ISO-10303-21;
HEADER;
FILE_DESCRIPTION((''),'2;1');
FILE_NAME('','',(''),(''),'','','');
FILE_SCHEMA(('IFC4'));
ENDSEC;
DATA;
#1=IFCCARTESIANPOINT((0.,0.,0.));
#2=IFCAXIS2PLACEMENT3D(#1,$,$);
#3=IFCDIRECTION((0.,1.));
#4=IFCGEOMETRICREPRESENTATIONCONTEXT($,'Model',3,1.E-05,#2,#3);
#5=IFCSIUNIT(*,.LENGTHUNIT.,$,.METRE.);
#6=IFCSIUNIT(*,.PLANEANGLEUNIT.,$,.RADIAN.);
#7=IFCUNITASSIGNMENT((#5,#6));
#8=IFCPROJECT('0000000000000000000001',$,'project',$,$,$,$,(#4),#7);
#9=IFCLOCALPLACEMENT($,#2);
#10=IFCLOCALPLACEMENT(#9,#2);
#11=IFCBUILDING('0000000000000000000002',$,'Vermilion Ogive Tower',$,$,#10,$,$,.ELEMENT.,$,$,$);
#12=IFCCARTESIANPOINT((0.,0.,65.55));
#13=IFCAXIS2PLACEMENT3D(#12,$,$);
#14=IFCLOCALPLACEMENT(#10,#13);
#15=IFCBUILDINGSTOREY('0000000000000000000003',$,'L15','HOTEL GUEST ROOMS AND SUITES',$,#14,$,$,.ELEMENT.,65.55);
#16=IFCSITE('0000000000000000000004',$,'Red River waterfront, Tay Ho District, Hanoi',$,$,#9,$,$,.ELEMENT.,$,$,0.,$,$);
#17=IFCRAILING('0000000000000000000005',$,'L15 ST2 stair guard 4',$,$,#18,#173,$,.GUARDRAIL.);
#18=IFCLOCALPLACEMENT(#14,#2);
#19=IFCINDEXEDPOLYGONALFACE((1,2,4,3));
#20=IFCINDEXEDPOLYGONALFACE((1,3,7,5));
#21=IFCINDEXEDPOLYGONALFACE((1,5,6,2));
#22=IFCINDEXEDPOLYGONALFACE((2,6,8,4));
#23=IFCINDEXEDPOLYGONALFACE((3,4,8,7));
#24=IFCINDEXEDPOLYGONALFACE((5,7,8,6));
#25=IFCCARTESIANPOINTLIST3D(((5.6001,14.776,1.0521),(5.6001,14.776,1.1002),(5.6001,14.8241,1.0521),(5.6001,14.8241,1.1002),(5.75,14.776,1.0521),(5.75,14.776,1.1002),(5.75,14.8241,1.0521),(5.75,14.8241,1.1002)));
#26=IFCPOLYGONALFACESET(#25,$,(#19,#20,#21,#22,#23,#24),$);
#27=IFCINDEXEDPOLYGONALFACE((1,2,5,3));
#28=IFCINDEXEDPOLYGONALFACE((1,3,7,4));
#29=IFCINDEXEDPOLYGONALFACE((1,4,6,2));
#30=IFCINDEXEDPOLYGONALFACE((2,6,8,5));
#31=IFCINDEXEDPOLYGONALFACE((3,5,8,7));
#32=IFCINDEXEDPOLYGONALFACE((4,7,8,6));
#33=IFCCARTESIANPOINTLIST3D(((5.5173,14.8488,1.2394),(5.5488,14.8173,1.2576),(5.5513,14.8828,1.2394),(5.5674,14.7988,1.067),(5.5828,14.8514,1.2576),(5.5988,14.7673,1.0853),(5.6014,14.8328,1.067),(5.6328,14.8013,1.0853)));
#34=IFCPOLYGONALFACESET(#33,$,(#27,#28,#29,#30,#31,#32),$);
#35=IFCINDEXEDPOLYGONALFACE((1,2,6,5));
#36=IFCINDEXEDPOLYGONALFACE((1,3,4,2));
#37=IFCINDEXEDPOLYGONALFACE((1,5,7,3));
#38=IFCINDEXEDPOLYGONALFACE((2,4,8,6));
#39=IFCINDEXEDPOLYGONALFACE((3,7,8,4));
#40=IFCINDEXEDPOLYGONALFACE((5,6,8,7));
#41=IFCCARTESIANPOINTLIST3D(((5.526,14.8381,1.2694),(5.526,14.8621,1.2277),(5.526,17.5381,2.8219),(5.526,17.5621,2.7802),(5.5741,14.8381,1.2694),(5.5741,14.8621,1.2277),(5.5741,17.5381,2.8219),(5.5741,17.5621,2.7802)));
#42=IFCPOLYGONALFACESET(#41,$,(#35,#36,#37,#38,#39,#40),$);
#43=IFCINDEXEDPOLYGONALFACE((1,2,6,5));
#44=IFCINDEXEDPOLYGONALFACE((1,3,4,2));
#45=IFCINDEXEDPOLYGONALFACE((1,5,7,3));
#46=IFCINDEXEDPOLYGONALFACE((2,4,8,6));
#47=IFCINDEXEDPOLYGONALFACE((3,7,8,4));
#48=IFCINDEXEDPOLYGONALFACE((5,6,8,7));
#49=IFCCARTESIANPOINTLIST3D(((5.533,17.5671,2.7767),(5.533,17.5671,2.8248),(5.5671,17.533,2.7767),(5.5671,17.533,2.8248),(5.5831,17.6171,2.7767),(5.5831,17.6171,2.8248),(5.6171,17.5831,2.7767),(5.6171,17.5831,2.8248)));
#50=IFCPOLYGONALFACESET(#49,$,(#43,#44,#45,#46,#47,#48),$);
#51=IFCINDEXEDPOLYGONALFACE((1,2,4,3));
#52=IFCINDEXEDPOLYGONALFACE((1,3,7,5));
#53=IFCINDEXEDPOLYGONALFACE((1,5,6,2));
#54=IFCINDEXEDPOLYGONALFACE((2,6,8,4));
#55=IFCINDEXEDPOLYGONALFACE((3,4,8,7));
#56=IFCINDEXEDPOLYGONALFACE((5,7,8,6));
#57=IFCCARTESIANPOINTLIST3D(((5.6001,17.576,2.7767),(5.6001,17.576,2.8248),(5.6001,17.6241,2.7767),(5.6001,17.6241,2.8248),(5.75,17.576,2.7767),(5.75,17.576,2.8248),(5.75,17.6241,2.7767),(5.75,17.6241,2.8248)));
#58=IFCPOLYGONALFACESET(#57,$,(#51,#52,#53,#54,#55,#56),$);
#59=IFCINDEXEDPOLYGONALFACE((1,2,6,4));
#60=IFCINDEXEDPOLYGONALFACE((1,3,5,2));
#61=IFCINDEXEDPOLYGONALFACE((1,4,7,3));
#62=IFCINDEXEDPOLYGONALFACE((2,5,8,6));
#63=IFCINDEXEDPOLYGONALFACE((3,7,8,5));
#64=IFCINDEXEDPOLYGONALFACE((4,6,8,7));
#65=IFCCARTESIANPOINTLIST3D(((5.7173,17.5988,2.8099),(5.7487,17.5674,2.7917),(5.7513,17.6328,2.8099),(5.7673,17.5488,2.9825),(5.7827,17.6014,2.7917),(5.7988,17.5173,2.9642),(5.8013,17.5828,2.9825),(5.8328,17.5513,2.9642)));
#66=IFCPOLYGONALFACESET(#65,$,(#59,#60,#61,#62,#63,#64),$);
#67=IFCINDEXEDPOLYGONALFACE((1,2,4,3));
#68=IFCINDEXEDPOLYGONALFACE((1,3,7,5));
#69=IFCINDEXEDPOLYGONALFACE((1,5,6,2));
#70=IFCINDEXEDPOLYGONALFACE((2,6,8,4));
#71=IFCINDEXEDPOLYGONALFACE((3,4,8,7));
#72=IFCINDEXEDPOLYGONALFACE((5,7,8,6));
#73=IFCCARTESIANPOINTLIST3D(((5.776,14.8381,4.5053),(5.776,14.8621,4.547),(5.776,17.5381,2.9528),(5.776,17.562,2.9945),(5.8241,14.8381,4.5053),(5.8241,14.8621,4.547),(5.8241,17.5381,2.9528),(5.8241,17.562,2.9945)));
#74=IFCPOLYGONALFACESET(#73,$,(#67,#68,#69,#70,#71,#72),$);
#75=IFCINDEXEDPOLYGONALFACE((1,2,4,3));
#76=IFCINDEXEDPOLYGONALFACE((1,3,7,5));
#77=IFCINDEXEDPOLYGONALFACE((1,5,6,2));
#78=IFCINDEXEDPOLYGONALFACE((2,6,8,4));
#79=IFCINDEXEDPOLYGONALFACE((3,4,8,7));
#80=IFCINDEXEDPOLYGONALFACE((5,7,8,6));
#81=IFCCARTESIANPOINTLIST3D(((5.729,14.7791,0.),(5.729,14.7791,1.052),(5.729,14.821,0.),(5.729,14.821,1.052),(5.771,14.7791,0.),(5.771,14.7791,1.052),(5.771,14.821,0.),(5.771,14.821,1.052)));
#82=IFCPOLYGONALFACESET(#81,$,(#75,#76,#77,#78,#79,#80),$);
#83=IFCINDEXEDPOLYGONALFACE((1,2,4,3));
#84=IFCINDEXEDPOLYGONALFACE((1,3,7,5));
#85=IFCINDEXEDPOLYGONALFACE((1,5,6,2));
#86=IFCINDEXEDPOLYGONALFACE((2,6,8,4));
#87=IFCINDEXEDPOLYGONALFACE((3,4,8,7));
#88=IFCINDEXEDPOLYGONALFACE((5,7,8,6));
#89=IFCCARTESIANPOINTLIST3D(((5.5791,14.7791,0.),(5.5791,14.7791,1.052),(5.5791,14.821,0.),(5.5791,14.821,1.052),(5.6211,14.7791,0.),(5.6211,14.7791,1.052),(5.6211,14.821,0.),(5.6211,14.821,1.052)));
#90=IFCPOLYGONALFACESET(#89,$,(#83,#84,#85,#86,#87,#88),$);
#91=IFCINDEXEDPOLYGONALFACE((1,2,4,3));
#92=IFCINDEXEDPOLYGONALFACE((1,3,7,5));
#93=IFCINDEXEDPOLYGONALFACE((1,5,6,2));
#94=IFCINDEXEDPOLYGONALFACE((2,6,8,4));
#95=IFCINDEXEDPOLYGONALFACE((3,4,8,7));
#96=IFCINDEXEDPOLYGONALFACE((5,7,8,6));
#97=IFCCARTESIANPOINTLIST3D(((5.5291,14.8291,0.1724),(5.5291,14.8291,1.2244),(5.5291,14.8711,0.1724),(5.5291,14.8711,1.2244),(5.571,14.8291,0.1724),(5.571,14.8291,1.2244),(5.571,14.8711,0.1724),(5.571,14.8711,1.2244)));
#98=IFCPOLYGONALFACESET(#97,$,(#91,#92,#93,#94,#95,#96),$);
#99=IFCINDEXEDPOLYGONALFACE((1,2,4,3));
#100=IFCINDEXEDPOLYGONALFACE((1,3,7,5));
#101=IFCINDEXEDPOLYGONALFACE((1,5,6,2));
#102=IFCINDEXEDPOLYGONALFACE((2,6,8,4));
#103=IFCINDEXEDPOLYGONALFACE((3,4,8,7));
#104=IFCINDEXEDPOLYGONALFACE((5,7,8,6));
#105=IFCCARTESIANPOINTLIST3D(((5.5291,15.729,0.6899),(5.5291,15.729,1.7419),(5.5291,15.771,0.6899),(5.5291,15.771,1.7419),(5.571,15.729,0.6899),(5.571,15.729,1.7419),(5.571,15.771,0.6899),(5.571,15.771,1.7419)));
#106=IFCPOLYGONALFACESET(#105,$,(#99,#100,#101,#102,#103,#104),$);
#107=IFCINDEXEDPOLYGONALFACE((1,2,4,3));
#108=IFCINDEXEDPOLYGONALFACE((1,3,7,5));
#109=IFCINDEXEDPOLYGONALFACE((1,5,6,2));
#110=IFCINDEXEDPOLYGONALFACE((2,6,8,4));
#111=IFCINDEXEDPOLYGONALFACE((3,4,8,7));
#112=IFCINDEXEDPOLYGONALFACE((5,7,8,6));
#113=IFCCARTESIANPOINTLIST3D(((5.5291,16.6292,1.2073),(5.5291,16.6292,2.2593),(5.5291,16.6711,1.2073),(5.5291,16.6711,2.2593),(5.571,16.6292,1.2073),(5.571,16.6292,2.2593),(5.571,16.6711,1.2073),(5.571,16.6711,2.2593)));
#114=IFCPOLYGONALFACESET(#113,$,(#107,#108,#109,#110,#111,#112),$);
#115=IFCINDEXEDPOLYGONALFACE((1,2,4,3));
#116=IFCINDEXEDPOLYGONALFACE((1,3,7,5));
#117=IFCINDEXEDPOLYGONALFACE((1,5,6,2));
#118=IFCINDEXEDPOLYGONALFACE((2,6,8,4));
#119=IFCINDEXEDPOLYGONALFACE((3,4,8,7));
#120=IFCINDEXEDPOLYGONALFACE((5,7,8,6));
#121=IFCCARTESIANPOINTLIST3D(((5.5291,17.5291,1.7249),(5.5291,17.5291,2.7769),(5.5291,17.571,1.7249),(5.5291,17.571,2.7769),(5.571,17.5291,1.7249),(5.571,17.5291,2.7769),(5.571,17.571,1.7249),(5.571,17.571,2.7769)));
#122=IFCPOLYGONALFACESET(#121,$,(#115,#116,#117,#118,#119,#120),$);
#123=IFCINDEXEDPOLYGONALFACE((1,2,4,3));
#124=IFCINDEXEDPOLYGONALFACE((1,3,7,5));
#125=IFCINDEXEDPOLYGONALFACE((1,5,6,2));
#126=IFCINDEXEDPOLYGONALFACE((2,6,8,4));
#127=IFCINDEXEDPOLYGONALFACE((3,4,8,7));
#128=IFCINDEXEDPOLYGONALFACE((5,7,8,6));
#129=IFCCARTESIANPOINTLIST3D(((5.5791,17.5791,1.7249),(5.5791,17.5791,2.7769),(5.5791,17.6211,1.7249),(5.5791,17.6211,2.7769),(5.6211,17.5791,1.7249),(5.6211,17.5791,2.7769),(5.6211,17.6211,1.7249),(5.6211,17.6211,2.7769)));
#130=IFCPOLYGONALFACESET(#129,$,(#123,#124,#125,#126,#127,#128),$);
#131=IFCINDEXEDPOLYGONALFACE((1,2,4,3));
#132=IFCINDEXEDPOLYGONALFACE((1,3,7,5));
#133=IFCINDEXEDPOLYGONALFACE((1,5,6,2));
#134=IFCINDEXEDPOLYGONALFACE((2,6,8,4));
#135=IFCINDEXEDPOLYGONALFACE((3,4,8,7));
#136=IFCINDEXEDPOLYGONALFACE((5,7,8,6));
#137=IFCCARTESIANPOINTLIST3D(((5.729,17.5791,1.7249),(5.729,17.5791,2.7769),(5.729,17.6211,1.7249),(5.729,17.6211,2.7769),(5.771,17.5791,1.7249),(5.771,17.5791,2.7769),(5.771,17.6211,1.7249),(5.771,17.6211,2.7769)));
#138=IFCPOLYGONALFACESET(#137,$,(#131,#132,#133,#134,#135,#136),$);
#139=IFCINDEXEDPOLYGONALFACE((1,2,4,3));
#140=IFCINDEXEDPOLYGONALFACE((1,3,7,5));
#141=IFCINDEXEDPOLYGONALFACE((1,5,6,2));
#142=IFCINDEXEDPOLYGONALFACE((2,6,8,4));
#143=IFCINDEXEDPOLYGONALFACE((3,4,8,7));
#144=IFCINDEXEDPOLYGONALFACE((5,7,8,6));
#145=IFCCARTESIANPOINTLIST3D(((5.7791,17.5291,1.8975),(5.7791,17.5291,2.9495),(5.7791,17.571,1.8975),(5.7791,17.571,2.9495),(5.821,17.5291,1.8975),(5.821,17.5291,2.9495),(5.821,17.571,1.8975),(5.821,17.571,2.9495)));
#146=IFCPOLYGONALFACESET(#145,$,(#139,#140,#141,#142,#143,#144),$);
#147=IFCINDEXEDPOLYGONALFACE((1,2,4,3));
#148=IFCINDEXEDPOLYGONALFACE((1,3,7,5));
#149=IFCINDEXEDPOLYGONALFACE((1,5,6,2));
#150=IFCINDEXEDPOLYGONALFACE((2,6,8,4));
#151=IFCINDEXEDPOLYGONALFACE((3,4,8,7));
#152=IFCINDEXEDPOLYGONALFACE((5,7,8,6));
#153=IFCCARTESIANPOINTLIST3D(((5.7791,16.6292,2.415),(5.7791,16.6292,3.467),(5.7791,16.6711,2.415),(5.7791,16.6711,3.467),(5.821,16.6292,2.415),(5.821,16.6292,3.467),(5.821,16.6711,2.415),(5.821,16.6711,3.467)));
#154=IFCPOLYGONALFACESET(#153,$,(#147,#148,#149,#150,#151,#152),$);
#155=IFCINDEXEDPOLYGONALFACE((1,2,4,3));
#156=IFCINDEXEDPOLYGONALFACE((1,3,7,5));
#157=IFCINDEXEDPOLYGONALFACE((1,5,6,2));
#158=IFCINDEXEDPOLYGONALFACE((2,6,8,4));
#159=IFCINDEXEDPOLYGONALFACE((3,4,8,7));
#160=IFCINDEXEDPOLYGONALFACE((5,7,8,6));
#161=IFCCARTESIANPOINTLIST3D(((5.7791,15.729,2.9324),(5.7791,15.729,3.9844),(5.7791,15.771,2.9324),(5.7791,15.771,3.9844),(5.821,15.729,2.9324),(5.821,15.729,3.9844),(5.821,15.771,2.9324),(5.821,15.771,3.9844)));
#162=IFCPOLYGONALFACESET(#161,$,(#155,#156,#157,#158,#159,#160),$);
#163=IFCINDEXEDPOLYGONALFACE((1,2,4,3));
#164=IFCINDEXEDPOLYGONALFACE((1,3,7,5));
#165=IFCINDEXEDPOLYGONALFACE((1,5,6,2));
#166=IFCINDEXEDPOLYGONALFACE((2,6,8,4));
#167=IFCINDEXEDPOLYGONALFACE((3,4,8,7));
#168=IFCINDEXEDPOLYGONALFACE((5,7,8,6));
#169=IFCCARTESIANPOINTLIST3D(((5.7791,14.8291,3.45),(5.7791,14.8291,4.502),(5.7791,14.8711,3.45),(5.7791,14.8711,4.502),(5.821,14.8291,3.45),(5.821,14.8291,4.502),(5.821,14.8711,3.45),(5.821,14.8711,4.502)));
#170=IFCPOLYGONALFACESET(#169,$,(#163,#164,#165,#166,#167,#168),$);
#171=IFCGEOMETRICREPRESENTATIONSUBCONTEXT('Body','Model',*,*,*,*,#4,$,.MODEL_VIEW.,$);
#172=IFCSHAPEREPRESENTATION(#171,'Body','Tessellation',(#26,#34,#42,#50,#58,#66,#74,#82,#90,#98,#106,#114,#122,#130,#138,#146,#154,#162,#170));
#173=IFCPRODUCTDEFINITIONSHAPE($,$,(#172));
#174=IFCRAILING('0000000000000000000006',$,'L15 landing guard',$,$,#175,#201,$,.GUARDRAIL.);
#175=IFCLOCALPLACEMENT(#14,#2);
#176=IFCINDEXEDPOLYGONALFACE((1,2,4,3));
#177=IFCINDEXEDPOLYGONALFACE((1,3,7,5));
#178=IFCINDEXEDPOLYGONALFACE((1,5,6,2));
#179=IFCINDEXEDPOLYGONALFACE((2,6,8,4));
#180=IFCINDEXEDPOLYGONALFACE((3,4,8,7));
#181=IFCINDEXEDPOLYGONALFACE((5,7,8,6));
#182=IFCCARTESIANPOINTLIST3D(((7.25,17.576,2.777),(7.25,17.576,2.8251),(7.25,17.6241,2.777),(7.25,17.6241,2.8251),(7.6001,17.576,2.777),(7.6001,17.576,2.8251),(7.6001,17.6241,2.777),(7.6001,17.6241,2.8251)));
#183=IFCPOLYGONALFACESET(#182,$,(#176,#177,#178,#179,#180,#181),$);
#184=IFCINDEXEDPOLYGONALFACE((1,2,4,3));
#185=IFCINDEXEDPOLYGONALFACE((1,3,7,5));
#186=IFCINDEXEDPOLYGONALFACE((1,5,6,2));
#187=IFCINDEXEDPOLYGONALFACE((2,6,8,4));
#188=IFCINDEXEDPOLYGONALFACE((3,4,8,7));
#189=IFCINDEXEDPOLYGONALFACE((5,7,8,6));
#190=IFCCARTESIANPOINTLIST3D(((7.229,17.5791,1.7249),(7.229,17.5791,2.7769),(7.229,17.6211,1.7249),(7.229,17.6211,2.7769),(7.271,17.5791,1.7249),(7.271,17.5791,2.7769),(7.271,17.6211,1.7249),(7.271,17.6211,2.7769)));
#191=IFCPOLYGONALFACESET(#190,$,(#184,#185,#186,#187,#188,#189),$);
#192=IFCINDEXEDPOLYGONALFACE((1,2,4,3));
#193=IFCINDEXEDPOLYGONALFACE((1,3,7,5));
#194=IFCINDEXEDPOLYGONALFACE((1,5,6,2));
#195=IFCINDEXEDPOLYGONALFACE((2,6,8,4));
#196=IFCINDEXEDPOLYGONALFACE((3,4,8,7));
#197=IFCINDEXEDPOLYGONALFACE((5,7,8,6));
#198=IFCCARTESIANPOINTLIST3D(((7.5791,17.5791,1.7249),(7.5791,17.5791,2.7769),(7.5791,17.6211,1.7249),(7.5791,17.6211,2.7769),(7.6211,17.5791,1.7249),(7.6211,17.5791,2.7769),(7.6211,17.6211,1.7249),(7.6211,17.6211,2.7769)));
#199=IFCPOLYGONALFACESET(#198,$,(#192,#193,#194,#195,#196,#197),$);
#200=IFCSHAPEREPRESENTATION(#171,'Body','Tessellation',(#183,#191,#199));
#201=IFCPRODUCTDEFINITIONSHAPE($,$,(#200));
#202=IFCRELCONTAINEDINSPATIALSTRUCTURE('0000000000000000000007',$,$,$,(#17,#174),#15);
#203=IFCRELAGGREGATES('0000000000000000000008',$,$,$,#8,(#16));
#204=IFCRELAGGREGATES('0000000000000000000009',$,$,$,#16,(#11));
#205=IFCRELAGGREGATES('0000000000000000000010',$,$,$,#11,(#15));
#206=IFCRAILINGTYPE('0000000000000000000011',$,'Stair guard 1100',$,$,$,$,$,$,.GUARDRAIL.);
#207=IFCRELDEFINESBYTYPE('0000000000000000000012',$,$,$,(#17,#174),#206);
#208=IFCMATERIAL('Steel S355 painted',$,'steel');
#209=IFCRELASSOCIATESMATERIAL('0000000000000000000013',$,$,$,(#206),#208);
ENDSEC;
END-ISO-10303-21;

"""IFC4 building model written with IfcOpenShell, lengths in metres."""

from ifc_helpers import new_model, si_unit, direction, frame, origin, origin_2d, place, context, subcontext, project, spatial, rectangle, extrude, material, type_object, element, save


model = new_model("IFC4")

# Units and contexts
model_context = context("Model", 3, precision=1e-05, world=origin(), true_north=direction((0.0, 1.0)))
body_context = subcontext(model_context, "Body", "Model", "MODEL_VIEW")
ifc_project = project(units=[si_unit("LENGTHUNIT", "METRE"), si_unit("PLANEANGLEUNIT", "RADIAN")], contexts=[model_context])

# Site, building, storey
site_placement = place(None, origin())
site = spatial("IfcSite", under=ifc_project, at=site_placement, Name="Red River waterfront, Tay Ho District, Hanoi", CompositionType="ELEMENT", RefElevation=0.0)
building_placement = place(site_placement, origin())
building = spatial("IfcBuilding", under=site, at=building_placement, Name="Vermilion Ogive Tower", CompositionType="ELEMENT")
storey_placement = place(building_placement, frame((0.0, 0.0, 65.55)))
storey = spatial("IfcBuildingStorey", under=building, at=storey_placement, Name="L15", Description="HOTEL GUEST ROOMS AND SUITES", CompositionType="ELEMENT", Elevation=65.55)

# Railings
ifc_material_1 = material(Name="Steel S355 painted", Category="steel")
railing_type_1 = type_object("IfcRailingType", Name="Stair guard 1100", PredefinedType="GUARDRAIL", material=ifc_material_1)
railing_1_placement = place(storey_placement, frame((5.75, 14.8, 0.0)))
element("IfcRailing", 1, at=railing_1_placement, inside=storey, type_object=railing_type_1, Name="L15 ST2 stair guard 4", PredefinedType="GUARDRAIL", context=body_context, shape_type="SweptSolid", body=[
    extrude(rectangle(XDim=0.0481, YDim=0.0481, at=origin_2d()), frame((0.0, 0.0, 1.0762), z_axis=(-1.0, 0.0, 0.0), x_axis=(0.0, -1.0, 0.0)), (0.0, 0.0, 1.0), 0.1499),
    extrude(rectangle(XDim=0.0481, YDim=0.0481, at=origin_2d()), frame((-0.1499, 0.0, 1.0762), z_axis=(-0.268603, 0.268603, 0.925043), x_axis=(-0.707107, -0.707107, 0.0)), (0.0, 0.0, 1.0), 0.1863),
    extrude(rectangle(XDim=0.0481, YDim=0.0481, at=origin_2d()), frame((-0.2, 0.05, 1.2485), z_axis=(0.0, 0.866904, 0.498476), x_axis=(-1.0, 0.0, 0.0)), (0.0, 0.0, 1.0), 3.1145),
    extrude(rectangle(XDim=0.0481, YDim=0.0481, at=origin_2d()), frame((-0.2, 2.75, 2.8008), z_axis=(0.707107, 0.707107, 0.0), x_axis=(-0.707107, 0.707107, 0.0)), (0.0, 0.0, 1.0), 0.0708),
    extrude(rectangle(XDim=0.0481, YDim=0.0481, at=origin_2d()), frame((-0.1499, 2.8, 2.8008), z_axis=(1.0, 0.0, 0.0), x_axis=(0.0, 1.0, 0.0)), (0.0, 0.0, 1.0), 0.1499),
    extrude(rectangle(XDim=0.0481, YDim=0.0481, at=origin_2d()), frame((0.0, 2.8, 2.8008), z_axis=(0.268278, -0.268278, 0.925232), x_axis=(0.707107, 0.707107, 0.0)), (0.0, 0.0, 1.0), 0.1865),
    extrude(rectangle(XDim=0.0481, YDim=0.0481, at=origin_2d()), frame((0.05, 2.75, 2.9736), z_axis=(0.0, -0.866904, 0.498476), x_axis=(1.0, 0.0, 0.0)), (0.0, 0.0, 1.0), 3.1145),
    extrude(rectangle(XDim=0.042, YDim=0.042, at=origin_2d()), origin(), (0.0, 0.0, 1.0), 1.052),
    extrude(rectangle(XDim=0.042, YDim=0.042, at=origin_2d()), frame((-0.1499, 0.0, 0.0)), (0.0, 0.0, 1.0), 1.052),
    extrude(rectangle(XDim=0.042, YDim=0.042, at=origin_2d()), frame((-0.2, 0.05, 0.1724)), (0.0, 0.0, 1.0), 1.052),
    extrude(rectangle(XDim=0.042, YDim=0.042, at=origin_2d()), frame((-0.2, 0.95, 0.6899)), (0.0, 0.0, 1.0), 1.052),
    extrude(rectangle(XDim=0.042, YDim=0.042, at=origin_2d()), frame((-0.2, 1.8501, 1.2073)), (0.0, 0.0, 1.0), 1.052),
    extrude(rectangle(XDim=0.042, YDim=0.042, at=origin_2d()), frame((-0.2, 2.75, 1.7249)), (0.0, 0.0, 1.0), 1.052),
    extrude(rectangle(XDim=0.042, YDim=0.042, at=origin_2d()), frame((-0.1499, 2.8, 1.7249)), (0.0, 0.0, 1.0), 1.052),
    extrude(rectangle(XDim=0.042, YDim=0.042, at=origin_2d()), frame((0.0, 2.8, 1.7249)), (0.0, 0.0, 1.0), 1.052),
    extrude(rectangle(XDim=0.042, YDim=0.042, at=origin_2d()), frame((0.05, 2.75, 1.8975)), (0.0, 0.0, 1.0), 1.052),
    extrude(rectangle(XDim=0.042, YDim=0.042, at=origin_2d()), frame((0.05, 1.8501, 2.415)), (0.0, 0.0, 1.0), 1.052),
    extrude(rectangle(XDim=0.042, YDim=0.042, at=origin_2d()), frame((0.05, 0.95, 2.9324)), (0.0, 0.0, 1.0), 1.052),
    extrude(rectangle(XDim=0.042, YDim=0.042, at=origin_2d()), frame((0.05, 0.05, 3.45)), (0.0, 0.0, 1.0), 1.052),
])
railing_2_placement = place(storey_placement, frame((7.25, 17.6001, 1.7249)))
element("IfcRailing", 2, at=railing_2_placement, inside=storey, type_object=railing_type_1, Name="L15 landing guard", PredefinedType="GUARDRAIL", context=body_context, shape_type="SweptSolid", body=[
    extrude(rectangle(XDim=0.0481, YDim=0.0481, at=origin_2d()), frame((0.0, 0.0, 1.0762), z_axis=(1.0, 0.0, 0.0), x_axis=(0.0, 1.0, 0.0)), (0.0, 0.0, 1.0), 0.3501),
    extrude(rectangle(XDim=0.042, YDim=0.042, at=origin_2d()), origin(), (0.0, 0.0, 1.0), 1.052),
    extrude(rectangle(XDim=0.042, YDim=0.042, at=origin_2d()), frame((0.3501, 0.0, 0.0)), (0.0, 0.0, 1.0), 1.052),
])

save(model, "model.ifc")
